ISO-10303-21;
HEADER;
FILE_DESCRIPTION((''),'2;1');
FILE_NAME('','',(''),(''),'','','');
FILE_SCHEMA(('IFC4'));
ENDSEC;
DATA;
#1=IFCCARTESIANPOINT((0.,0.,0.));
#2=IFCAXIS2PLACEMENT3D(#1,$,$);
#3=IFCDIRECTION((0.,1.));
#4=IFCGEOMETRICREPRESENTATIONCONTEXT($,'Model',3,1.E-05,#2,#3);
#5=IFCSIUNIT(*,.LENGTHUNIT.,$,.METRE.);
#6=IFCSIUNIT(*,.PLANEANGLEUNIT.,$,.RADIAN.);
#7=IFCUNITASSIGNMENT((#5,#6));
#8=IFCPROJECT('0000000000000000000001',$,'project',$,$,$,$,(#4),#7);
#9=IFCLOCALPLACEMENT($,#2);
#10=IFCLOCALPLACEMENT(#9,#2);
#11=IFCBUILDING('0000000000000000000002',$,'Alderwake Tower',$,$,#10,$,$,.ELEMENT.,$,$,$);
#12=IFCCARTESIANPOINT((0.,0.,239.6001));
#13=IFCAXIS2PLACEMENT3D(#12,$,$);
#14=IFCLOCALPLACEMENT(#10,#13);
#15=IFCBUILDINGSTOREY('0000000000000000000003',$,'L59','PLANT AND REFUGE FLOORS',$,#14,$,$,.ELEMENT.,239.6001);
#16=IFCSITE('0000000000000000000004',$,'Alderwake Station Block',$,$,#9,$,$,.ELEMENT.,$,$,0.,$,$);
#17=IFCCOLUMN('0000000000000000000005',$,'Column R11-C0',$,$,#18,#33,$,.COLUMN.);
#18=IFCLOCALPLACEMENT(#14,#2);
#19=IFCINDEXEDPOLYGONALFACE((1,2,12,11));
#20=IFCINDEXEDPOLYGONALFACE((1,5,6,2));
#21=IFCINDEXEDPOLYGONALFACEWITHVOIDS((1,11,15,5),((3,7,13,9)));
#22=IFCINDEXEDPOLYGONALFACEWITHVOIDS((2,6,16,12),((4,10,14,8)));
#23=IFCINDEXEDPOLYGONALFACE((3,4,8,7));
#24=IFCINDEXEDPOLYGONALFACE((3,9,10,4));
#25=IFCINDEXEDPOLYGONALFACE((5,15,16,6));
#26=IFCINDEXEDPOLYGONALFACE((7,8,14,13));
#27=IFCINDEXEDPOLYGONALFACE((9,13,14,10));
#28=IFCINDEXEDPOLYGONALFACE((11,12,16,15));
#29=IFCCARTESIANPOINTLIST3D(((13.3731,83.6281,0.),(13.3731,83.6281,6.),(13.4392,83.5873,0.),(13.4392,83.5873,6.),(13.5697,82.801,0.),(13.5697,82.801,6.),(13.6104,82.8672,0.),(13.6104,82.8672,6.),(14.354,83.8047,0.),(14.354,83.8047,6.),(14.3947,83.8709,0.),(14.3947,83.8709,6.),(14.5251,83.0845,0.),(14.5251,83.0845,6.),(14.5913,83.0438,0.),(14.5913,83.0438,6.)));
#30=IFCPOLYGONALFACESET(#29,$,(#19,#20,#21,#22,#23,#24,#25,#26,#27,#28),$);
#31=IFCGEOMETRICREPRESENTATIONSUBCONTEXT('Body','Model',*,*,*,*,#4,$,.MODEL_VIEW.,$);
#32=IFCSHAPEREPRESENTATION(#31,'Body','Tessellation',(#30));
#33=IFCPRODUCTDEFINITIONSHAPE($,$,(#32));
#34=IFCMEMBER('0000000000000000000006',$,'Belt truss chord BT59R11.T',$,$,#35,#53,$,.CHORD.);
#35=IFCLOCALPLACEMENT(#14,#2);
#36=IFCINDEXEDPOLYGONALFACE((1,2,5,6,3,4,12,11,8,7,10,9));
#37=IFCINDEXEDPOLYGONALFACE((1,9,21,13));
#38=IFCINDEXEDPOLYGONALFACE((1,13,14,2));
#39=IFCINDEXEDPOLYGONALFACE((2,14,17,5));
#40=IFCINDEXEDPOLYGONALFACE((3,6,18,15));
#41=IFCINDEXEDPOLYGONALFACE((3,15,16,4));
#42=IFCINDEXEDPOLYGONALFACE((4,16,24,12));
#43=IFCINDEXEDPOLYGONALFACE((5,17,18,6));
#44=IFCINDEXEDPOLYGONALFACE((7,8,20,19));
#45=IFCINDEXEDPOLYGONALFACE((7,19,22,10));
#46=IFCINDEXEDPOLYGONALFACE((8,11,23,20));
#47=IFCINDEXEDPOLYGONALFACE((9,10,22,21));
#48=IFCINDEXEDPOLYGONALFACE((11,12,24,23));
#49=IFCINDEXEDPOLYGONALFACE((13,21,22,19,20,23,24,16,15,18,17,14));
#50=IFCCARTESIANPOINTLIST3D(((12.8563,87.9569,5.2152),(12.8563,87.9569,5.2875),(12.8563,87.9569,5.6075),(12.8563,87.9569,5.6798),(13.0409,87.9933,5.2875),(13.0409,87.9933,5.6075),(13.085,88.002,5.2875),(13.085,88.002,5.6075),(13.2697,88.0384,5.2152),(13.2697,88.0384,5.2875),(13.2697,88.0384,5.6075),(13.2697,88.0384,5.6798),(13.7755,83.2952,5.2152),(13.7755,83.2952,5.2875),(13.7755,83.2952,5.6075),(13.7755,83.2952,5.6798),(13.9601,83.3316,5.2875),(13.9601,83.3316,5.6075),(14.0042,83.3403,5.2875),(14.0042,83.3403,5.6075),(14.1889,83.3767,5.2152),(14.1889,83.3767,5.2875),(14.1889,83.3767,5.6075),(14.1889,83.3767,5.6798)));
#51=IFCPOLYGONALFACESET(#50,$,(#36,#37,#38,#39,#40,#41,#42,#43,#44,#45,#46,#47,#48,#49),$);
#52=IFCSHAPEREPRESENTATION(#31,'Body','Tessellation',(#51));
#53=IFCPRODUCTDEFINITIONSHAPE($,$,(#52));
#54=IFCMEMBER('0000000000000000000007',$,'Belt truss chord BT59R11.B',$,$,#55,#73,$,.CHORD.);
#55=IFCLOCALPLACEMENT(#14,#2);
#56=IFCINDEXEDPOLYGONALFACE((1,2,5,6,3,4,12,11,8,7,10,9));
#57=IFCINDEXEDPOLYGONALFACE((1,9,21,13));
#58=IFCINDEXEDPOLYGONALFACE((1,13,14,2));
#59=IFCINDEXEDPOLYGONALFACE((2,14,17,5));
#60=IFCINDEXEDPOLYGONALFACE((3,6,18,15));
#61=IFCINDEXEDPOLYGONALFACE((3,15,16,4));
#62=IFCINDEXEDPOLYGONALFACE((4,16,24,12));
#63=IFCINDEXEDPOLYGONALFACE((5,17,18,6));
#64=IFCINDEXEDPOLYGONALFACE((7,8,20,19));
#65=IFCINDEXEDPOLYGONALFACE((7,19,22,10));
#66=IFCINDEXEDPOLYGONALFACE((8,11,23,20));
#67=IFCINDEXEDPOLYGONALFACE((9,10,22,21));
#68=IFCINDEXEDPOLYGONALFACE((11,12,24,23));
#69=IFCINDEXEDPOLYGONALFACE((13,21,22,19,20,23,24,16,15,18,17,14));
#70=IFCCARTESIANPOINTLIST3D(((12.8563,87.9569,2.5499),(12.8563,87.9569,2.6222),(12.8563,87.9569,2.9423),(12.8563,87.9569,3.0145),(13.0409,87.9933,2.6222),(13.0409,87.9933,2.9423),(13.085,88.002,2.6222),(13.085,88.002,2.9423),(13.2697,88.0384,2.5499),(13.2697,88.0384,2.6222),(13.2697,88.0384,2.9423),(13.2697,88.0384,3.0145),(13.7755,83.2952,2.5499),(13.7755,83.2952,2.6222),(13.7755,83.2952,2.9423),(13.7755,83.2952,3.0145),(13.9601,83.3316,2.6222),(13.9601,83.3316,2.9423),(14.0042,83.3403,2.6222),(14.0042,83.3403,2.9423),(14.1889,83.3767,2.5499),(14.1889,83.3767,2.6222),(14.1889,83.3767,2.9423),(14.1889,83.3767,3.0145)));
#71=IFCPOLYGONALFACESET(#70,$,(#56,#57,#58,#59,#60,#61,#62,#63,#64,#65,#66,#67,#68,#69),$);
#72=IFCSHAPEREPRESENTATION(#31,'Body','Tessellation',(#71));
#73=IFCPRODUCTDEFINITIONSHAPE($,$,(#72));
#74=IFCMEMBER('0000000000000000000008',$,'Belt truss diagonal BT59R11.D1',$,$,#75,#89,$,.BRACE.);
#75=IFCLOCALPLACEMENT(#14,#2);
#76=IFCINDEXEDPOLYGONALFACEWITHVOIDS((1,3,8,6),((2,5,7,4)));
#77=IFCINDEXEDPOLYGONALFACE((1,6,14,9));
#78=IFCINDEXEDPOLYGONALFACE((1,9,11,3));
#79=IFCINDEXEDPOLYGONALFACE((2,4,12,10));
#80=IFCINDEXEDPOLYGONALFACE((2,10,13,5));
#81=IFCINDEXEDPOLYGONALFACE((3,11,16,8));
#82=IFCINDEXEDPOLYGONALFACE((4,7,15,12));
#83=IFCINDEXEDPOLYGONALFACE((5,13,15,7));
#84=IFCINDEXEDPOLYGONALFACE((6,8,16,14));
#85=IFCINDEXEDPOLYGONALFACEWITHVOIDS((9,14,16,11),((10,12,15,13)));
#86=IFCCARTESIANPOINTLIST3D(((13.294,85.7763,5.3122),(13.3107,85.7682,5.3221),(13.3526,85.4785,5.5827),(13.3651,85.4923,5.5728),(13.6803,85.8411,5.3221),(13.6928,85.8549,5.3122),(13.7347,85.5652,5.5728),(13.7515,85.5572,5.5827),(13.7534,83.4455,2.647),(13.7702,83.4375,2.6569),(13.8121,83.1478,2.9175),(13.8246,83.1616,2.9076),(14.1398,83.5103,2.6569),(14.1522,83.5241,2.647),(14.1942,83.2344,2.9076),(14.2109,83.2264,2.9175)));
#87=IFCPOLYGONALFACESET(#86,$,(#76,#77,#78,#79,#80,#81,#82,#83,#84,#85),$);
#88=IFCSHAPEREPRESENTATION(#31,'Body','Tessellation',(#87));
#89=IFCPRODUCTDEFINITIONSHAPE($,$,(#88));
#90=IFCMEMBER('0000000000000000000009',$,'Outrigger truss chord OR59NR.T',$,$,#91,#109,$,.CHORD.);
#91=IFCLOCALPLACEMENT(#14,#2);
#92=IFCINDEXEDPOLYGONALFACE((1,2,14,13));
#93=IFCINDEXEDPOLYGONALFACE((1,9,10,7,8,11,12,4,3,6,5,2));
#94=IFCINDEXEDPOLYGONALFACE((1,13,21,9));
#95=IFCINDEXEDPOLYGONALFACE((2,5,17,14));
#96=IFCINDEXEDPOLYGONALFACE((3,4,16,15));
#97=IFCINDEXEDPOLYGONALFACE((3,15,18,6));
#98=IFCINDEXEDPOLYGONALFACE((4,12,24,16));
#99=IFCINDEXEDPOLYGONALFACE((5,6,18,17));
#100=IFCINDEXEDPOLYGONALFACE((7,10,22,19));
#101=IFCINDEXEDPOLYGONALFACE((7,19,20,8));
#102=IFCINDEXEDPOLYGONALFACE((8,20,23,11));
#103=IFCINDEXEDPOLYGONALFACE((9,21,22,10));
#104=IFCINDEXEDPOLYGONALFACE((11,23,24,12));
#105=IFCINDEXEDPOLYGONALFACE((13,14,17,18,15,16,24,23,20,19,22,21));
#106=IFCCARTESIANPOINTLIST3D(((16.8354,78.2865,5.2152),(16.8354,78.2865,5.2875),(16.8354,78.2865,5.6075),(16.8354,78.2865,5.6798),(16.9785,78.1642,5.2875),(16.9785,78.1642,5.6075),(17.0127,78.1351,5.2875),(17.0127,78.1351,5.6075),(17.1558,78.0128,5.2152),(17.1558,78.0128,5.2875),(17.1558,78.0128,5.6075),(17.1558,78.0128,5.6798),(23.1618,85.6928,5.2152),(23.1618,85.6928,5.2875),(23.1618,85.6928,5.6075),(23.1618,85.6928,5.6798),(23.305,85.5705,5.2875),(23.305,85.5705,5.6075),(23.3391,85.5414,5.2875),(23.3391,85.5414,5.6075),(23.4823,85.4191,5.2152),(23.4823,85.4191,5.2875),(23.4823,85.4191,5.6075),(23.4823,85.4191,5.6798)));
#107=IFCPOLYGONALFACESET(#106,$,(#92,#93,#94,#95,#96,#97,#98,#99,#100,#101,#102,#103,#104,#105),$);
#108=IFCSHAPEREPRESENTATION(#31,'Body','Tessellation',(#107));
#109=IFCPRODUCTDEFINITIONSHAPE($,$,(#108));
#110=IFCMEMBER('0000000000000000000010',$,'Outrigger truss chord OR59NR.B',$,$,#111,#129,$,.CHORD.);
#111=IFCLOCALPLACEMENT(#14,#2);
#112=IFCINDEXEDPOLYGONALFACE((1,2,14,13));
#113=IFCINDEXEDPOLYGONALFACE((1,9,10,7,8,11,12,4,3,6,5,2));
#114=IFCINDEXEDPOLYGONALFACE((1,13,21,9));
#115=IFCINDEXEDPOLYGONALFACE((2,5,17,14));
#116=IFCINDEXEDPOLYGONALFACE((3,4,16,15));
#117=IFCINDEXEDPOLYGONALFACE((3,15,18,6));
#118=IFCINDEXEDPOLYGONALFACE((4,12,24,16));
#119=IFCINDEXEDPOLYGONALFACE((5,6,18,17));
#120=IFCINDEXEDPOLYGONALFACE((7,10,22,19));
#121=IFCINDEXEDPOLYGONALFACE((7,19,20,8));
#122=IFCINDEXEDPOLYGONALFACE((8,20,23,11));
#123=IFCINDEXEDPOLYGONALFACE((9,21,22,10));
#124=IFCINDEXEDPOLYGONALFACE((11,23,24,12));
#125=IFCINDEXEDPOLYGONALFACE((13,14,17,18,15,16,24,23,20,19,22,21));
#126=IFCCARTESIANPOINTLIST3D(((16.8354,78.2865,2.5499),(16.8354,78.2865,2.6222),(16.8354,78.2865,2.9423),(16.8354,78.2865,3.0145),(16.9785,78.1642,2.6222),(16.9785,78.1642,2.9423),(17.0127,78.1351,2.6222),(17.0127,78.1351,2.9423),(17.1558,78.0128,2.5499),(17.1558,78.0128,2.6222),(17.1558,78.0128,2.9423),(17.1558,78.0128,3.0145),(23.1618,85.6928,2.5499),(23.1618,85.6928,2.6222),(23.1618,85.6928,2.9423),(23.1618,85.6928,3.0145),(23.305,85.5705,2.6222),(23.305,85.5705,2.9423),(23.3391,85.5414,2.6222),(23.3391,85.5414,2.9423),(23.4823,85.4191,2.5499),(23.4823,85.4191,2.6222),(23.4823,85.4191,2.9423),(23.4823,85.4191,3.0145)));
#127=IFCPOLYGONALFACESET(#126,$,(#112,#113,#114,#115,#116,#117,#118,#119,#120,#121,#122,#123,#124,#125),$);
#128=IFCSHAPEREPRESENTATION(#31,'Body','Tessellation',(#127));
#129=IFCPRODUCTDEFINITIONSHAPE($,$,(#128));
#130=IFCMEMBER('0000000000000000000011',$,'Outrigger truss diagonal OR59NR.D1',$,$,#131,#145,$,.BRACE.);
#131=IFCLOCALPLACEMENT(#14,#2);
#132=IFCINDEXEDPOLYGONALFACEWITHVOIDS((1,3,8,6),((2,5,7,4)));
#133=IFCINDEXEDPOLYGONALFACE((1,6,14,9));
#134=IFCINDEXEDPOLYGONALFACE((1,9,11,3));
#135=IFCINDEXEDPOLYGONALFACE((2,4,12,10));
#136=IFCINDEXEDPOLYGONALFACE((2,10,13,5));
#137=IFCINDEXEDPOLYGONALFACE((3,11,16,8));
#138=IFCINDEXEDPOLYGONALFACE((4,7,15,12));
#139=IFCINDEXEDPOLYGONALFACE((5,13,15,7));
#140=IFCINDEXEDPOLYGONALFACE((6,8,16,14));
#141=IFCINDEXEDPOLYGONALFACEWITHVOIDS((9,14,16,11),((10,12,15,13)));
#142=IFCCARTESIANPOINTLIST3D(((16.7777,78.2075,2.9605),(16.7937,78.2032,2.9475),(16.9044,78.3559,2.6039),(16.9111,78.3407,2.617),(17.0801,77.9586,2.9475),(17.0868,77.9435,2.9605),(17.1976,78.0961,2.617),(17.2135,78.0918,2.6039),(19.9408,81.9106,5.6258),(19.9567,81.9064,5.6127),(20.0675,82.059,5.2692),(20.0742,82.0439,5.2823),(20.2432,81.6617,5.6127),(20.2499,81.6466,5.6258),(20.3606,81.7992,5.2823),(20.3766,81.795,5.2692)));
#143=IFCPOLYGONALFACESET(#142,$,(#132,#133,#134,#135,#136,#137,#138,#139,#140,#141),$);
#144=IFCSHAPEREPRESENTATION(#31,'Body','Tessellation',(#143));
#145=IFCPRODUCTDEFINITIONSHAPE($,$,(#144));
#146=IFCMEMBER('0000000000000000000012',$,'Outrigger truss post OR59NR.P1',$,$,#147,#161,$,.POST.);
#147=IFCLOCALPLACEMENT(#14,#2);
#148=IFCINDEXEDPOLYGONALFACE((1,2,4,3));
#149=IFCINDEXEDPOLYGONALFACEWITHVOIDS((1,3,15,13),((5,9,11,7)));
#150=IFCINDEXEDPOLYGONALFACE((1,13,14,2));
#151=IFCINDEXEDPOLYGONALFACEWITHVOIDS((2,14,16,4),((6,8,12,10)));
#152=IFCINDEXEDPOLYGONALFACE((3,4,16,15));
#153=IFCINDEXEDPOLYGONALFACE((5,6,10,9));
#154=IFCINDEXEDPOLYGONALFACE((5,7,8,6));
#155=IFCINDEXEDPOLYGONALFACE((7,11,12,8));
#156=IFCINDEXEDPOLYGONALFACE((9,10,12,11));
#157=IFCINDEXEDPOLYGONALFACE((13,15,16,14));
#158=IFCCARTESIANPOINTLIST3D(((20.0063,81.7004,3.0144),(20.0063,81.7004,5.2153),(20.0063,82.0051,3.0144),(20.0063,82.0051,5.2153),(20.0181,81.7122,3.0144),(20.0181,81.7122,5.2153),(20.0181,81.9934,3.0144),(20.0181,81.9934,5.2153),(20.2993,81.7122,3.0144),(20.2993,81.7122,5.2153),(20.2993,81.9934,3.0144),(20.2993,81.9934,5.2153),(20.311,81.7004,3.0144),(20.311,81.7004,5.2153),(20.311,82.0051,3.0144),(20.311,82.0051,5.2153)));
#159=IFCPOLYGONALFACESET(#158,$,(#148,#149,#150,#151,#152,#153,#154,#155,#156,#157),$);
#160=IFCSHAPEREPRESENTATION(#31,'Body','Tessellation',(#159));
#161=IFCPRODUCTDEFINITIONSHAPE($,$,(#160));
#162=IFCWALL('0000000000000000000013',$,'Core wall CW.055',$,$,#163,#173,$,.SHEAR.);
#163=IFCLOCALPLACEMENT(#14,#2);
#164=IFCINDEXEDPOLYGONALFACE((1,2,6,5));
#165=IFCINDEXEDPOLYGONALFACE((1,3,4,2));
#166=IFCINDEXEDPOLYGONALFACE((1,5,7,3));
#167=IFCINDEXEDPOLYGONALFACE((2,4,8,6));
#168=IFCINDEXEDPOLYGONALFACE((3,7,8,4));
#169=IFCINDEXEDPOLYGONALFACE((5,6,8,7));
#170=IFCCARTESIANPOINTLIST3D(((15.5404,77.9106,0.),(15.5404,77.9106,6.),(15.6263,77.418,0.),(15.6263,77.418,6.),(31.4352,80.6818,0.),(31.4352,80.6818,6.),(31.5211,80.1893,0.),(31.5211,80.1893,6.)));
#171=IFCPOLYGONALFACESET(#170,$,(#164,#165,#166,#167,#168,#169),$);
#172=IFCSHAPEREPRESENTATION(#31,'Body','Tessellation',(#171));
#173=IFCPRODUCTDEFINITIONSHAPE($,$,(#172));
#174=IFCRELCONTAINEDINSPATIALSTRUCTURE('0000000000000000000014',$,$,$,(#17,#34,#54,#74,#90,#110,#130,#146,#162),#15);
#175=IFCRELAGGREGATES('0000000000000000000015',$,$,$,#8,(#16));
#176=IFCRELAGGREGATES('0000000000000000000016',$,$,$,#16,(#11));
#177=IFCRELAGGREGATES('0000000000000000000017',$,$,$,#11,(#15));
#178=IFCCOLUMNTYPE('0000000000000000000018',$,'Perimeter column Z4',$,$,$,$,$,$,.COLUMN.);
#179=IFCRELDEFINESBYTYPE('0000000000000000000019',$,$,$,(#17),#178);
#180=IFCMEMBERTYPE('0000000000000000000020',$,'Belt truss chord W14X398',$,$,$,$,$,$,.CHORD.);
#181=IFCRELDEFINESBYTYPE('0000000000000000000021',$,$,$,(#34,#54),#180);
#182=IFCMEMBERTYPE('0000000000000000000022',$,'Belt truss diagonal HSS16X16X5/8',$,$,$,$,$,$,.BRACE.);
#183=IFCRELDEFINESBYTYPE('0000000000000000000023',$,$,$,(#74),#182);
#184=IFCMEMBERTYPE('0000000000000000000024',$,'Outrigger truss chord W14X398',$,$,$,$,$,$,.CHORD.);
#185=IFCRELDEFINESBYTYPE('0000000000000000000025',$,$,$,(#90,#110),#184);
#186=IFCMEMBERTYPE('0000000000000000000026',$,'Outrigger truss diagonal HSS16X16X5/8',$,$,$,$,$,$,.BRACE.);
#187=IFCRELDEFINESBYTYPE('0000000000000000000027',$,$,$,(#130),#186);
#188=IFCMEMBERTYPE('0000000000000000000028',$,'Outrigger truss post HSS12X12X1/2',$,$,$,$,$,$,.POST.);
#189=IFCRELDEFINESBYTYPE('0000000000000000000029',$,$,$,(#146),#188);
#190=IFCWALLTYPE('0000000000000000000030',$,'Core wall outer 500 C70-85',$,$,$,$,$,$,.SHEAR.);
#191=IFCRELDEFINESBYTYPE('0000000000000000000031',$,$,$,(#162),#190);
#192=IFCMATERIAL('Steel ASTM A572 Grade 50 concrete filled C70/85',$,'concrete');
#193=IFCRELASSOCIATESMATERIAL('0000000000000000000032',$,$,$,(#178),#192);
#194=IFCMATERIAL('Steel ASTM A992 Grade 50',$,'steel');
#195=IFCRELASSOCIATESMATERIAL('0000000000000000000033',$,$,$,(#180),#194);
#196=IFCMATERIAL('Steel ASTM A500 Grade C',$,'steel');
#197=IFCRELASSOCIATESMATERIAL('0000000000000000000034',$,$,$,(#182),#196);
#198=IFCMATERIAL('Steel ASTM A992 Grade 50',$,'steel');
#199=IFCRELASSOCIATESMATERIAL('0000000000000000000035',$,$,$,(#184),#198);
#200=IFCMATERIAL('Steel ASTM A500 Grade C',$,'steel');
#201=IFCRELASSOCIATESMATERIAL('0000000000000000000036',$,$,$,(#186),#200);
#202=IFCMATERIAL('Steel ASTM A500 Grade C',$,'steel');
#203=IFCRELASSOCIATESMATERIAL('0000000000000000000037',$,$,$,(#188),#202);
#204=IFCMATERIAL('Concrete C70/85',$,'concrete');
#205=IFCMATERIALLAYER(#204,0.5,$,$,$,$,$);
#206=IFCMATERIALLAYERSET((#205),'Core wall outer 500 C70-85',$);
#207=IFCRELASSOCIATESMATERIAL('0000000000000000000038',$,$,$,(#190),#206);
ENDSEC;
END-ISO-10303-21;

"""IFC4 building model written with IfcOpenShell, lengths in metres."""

from ifc_helpers import new_model, si_unit, direction, frame, frame_2d, origin, origin_2d, place, context, subcontext, project, spatial, rectangle, hollow_rectangle, i_section, extrude, material, layer, layer_set, material_profile, profile_set, type_object, element, save


model = new_model("IFC4")

# Units and contexts
model_context = context("Model", 3, precision=1e-05, world=origin(), true_north=direction((0.0, 1.0)))
body_context = subcontext(model_context, "Body", "Model", "MODEL_VIEW")
ifc_project = project(units=[si_unit("LENGTHUNIT", "METRE"), si_unit("PLANEANGLEUNIT", "RADIAN")], contexts=[model_context])

# Site, building, storey
site_placement = place(None, origin())
site = spatial("IfcSite", under=ifc_project, at=site_placement, Name="Alderwake Station Block", CompositionType="ELEMENT", RefElevation=0.0)
building_placement = place(site_placement, origin())
building = spatial("IfcBuilding", under=site, at=building_placement, Name="Alderwake Tower", CompositionType="ELEMENT")
storey_placement = place(building_placement, frame((0.0, 0.0, 239.6001)))
storey = spatial("IfcBuildingStorey", under=building, at=storey_placement, Name="L59", Description="PLANT AND REFUGE FLOORS", CompositionType="ELEMENT", Elevation=239.6001)

# Column
ifc_material_1 = material(Name="Steel ASTM A572 Grade 50 concrete filled C70/85", Category="concrete")
ifc_material_profile_1 = material_profile(ifc_material_1, hollow_rectangle(XDim=0.8501, YDim=1.05, WallThickness=0.0549, at=origin_2d()), Name="BOX 1050X850X55")
ifc_profile_set_1 = profile_set([ifc_material_profile_1], Name="Steel ASTM A572 Grade 50 concrete filled C70/85")
column_type = type_object("IfcColumnType", Name="Perimeter column Z4", PredefinedType="COLUMN", material=ifc_profile_set_1)
column_placement = place(storey_placement, frame((13.9822, 83.3359, 0.0), z_axis=(0.0, 0.0, 1.0), x_axis=(-0.231222, 0.972901, 0.0)))
element("IfcColumn", 1, at=column_placement, inside=storey, type_object=column_type, Name="Column R11-C0", PredefinedType="COLUMN", context=body_context, shape_type="SweptSolid", body=[
    extrude(hollow_rectangle(XDim=0.8501, YDim=1.05, WallThickness=0.0549, at=origin_2d()), origin(), (0.0, 0.0, 1.0), 6.0),
])

# Members
ifc_material_2 = material(Name="Steel ASTM A992 Grade 50", Category="steel")
ifc_material_profile_2 = material_profile(ifc_material_2, i_section(OverallWidth=0.4214, OverallDepth=0.4646, WebThickness=0.0449, FlangeThickness=0.0723, at=origin_2d()), Name="W14X398")
ifc_profile_set_2 = profile_set([ifc_material_profile_2], Name="Steel ASTM A992 Grade 50")
member_type_1 = type_object("IfcMemberType", Name="Belt truss chord W14X398", PredefinedType="CHORD", material=ifc_profile_set_2)
for number, where, z_axis, x_axis, name in (
    (2, (13.9822, 83.3359, 5.4475), (-0.193457, 0.981109, 0.0), (-0.981109, -0.193457, 0.0), "Belt truss chord BT59R11.T"),
    (3, (13.9822, 83.3359, 2.7822), (-0.193457, 0.981109, 0.0), (-0.981109, -0.193457, 0.0), "Belt truss chord BT59R11.B"),
):
    element("IfcMember", number, at=place(storey_placement, frame(where, z_axis=z_axis, x_axis=x_axis)), inside=storey, type_object=member_type_1, Name=name, PredefinedType="CHORD", context=body_context, shape_type="SweptSolid", body=[
        extrude(i_section(OverallWidth=0.4214, OverallDepth=0.4646, WebThickness=0.0449, FlangeThickness=0.0723, at=origin_2d()), origin(), (0.0, 0.0, 1.0), 4.7515),
    ])
ifc_material_3 = material(Name="Steel ASTM A500 Grade C", Category="steel")
ifc_material_profile_3 = material_profile(ifc_material_3, hollow_rectangle(XDim=0.4065, YDim=0.4065, WallThickness=0.0149, at=origin_2d()), Name="HSS16X16X5/8")
ifc_profile_set_3 = profile_set([ifc_material_profile_3], Name="Steel ASTM A500 Grade C")
member_type_2 = type_object("IfcMemberType", Name="Belt truss diagonal HSS16X16X5/8", PredefinedType="BRACE", material=ifc_profile_set_3)
member_1_placement = place(storey_placement, frame((13.9822, 83.3359, 2.7822), z_axis=(-0.128691, 0.652821, 0.746501), x_axis=(-0.981118, -0.193408, 0.0)))
element("IfcMember", 4, at=member_1_placement, inside=storey, type_object=member_type_2, Name="Belt truss diagonal BT59R11.D1", PredefinedType="BRACE", context=body_context, shape_type="SweptSolid", body=[
    extrude(hollow_rectangle(XDim=0.4065, YDim=0.4065, WallThickness=0.0149, at=origin_2d()), origin(), (0.0, 0.0, 1.0), 3.5703),
])
ifc_material_4 = material(Name="Steel ASTM A992 Grade 50", Category="steel")
ifc_material_profile_4 = material_profile(ifc_material_4, i_section(OverallWidth=0.4214, OverallDepth=0.4646, WebThickness=0.0449, FlangeThickness=0.0723, at=origin_2d()), Name="W14X398")
ifc_profile_set_4 = profile_set([ifc_material_profile_4], Name="Steel ASTM A992 Grade 50")
member_type_3 = type_object("IfcMemberType", Name="Outrigger truss chord W14X398", PredefinedType="CHORD", material=ifc_profile_set_4)
for number, where, z_axis, x_axis, name in (
    (5, (16.9956, 78.1497, 5.4475), (0.6495, 0.760361, 0.0), (-0.760361, 0.6495, 0.0), "Outrigger truss chord OR59NR.T"),
    (6, (16.9956, 78.1497, 2.7822), (0.6495, 0.760361, 0.0), (-0.760361, 0.6495, 0.0), "Outrigger truss chord OR59NR.B"),
):
    element("IfcMember", number, at=place(storey_placement, frame(where, z_axis=z_axis, x_axis=x_axis)), inside=storey, type_object=member_type_3, Name=name, PredefinedType="CHORD", context=body_context, shape_type="SweptSolid", body=[
        extrude(i_section(OverallWidth=0.4214, OverallDepth=0.4646, WebThickness=0.0449, FlangeThickness=0.0723, at=origin_2d()), origin(), (0.0, 0.0, 1.0), 9.7405),
    ])
ifc_material_5 = material(Name="Steel ASTM A500 Grade C", Category="steel")
ifc_material_profile_5 = material_profile(ifc_material_5, hollow_rectangle(XDim=0.4065, YDim=0.4065, WallThickness=0.0149, at=origin_2d()), Name="HSS16X16X5/8")
ifc_profile_set_5 = profile_set([ifc_material_profile_5], Name="Steel ASTM A500 Grade C")
member_type_4 = type_object("IfcMemberType", Name="Outrigger truss diagonal HSS16X16X5/8", PredefinedType="BRACE", material=ifc_profile_set_5)
member_2_placement = place(storey_placement, frame((16.9956, 78.1497, 2.7822), z_axis=(0.569745, 0.667019, 0.480079), x_axis=(-0.760374, 0.649486, 0.0)))
element("IfcMember", 7, at=member_2_placement, inside=storey, type_object=member_type_4, Name="Outrigger truss diagonal OR59NR.D1", PredefinedType="BRACE", context=body_context, shape_type="SweptSolid", body=[
    extrude(hollow_rectangle(XDim=0.4065, YDim=0.4065, WallThickness=0.0149, at=origin_2d()), origin(), (0.0, 0.0, 1.0), 5.5518),
])
ifc_material_6 = material(Name="Steel ASTM A500 Grade C", Category="steel")
ifc_material_profile_6 = material_profile(ifc_material_6, hollow_rectangle(XDim=0.3047, YDim=0.3047, WallThickness=0.0117, at=origin_2d()), Name="HSS12X12X1/2")
ifc_profile_set_6 = profile_set([ifc_material_profile_6], Name="Steel ASTM A500 Grade C")
member_type_5 = type_object("IfcMemberType", Name="Outrigger truss post HSS12X12X1/2", PredefinedType="POST", material=ifc_profile_set_6)
member_3_placement = place(storey_placement, frame((20.1587, 81.8528, 3.0144), z_axis=(0.0, 0.0, 1.0), x_axis=(1.0, 0.0, 0.0)))
element("IfcMember", 8, at=member_3_placement, inside=storey, type_object=member_type_5, Name="Outrigger truss post OR59NR.P1", PredefinedType="POST", context=body_context, shape_type="SweptSolid", body=[
    extrude(hollow_rectangle(XDim=0.3047, YDim=0.3047, WallThickness=0.0117, at=origin_2d()), origin(), (0.0, 0.0, 1.0), 2.2009),
])

# Wall
ifc_material_7 = material(Name="Concrete C70/85", Category="concrete")
ifc_layer_1 = layer(ifc_material_7, 0.5)
ifc_layer_set_1 = layer_set([ifc_layer_1], Name="Core wall outer 500 C70-85")
wall_type_1 = type_object("IfcWallType", Name="Core wall outer 500 C70-85", PredefinedType="SHEAR", material=ifc_layer_set_1)
wall_1_placement = place(storey_placement, frame((15.5833, 77.6643, 0.0), z_axis=(0.0, 0.0, 1.0), x_axis=(0.985139, 0.171758, 0.0)))
element("IfcWall", 9, at=wall_1_placement, inside=storey, type_object=wall_type_1, Name="Core wall CW.055", PredefinedType="SHEAR", context=body_context, shape_type="SweptSolid", body=[
    extrude(rectangle(XDim=16.1345, YDim=0.5, at=frame_2d((8.0674, 0.0))), origin(), (0.0, 0.0, 1.0), 6.0),
])

save(model, "model.ifc")
